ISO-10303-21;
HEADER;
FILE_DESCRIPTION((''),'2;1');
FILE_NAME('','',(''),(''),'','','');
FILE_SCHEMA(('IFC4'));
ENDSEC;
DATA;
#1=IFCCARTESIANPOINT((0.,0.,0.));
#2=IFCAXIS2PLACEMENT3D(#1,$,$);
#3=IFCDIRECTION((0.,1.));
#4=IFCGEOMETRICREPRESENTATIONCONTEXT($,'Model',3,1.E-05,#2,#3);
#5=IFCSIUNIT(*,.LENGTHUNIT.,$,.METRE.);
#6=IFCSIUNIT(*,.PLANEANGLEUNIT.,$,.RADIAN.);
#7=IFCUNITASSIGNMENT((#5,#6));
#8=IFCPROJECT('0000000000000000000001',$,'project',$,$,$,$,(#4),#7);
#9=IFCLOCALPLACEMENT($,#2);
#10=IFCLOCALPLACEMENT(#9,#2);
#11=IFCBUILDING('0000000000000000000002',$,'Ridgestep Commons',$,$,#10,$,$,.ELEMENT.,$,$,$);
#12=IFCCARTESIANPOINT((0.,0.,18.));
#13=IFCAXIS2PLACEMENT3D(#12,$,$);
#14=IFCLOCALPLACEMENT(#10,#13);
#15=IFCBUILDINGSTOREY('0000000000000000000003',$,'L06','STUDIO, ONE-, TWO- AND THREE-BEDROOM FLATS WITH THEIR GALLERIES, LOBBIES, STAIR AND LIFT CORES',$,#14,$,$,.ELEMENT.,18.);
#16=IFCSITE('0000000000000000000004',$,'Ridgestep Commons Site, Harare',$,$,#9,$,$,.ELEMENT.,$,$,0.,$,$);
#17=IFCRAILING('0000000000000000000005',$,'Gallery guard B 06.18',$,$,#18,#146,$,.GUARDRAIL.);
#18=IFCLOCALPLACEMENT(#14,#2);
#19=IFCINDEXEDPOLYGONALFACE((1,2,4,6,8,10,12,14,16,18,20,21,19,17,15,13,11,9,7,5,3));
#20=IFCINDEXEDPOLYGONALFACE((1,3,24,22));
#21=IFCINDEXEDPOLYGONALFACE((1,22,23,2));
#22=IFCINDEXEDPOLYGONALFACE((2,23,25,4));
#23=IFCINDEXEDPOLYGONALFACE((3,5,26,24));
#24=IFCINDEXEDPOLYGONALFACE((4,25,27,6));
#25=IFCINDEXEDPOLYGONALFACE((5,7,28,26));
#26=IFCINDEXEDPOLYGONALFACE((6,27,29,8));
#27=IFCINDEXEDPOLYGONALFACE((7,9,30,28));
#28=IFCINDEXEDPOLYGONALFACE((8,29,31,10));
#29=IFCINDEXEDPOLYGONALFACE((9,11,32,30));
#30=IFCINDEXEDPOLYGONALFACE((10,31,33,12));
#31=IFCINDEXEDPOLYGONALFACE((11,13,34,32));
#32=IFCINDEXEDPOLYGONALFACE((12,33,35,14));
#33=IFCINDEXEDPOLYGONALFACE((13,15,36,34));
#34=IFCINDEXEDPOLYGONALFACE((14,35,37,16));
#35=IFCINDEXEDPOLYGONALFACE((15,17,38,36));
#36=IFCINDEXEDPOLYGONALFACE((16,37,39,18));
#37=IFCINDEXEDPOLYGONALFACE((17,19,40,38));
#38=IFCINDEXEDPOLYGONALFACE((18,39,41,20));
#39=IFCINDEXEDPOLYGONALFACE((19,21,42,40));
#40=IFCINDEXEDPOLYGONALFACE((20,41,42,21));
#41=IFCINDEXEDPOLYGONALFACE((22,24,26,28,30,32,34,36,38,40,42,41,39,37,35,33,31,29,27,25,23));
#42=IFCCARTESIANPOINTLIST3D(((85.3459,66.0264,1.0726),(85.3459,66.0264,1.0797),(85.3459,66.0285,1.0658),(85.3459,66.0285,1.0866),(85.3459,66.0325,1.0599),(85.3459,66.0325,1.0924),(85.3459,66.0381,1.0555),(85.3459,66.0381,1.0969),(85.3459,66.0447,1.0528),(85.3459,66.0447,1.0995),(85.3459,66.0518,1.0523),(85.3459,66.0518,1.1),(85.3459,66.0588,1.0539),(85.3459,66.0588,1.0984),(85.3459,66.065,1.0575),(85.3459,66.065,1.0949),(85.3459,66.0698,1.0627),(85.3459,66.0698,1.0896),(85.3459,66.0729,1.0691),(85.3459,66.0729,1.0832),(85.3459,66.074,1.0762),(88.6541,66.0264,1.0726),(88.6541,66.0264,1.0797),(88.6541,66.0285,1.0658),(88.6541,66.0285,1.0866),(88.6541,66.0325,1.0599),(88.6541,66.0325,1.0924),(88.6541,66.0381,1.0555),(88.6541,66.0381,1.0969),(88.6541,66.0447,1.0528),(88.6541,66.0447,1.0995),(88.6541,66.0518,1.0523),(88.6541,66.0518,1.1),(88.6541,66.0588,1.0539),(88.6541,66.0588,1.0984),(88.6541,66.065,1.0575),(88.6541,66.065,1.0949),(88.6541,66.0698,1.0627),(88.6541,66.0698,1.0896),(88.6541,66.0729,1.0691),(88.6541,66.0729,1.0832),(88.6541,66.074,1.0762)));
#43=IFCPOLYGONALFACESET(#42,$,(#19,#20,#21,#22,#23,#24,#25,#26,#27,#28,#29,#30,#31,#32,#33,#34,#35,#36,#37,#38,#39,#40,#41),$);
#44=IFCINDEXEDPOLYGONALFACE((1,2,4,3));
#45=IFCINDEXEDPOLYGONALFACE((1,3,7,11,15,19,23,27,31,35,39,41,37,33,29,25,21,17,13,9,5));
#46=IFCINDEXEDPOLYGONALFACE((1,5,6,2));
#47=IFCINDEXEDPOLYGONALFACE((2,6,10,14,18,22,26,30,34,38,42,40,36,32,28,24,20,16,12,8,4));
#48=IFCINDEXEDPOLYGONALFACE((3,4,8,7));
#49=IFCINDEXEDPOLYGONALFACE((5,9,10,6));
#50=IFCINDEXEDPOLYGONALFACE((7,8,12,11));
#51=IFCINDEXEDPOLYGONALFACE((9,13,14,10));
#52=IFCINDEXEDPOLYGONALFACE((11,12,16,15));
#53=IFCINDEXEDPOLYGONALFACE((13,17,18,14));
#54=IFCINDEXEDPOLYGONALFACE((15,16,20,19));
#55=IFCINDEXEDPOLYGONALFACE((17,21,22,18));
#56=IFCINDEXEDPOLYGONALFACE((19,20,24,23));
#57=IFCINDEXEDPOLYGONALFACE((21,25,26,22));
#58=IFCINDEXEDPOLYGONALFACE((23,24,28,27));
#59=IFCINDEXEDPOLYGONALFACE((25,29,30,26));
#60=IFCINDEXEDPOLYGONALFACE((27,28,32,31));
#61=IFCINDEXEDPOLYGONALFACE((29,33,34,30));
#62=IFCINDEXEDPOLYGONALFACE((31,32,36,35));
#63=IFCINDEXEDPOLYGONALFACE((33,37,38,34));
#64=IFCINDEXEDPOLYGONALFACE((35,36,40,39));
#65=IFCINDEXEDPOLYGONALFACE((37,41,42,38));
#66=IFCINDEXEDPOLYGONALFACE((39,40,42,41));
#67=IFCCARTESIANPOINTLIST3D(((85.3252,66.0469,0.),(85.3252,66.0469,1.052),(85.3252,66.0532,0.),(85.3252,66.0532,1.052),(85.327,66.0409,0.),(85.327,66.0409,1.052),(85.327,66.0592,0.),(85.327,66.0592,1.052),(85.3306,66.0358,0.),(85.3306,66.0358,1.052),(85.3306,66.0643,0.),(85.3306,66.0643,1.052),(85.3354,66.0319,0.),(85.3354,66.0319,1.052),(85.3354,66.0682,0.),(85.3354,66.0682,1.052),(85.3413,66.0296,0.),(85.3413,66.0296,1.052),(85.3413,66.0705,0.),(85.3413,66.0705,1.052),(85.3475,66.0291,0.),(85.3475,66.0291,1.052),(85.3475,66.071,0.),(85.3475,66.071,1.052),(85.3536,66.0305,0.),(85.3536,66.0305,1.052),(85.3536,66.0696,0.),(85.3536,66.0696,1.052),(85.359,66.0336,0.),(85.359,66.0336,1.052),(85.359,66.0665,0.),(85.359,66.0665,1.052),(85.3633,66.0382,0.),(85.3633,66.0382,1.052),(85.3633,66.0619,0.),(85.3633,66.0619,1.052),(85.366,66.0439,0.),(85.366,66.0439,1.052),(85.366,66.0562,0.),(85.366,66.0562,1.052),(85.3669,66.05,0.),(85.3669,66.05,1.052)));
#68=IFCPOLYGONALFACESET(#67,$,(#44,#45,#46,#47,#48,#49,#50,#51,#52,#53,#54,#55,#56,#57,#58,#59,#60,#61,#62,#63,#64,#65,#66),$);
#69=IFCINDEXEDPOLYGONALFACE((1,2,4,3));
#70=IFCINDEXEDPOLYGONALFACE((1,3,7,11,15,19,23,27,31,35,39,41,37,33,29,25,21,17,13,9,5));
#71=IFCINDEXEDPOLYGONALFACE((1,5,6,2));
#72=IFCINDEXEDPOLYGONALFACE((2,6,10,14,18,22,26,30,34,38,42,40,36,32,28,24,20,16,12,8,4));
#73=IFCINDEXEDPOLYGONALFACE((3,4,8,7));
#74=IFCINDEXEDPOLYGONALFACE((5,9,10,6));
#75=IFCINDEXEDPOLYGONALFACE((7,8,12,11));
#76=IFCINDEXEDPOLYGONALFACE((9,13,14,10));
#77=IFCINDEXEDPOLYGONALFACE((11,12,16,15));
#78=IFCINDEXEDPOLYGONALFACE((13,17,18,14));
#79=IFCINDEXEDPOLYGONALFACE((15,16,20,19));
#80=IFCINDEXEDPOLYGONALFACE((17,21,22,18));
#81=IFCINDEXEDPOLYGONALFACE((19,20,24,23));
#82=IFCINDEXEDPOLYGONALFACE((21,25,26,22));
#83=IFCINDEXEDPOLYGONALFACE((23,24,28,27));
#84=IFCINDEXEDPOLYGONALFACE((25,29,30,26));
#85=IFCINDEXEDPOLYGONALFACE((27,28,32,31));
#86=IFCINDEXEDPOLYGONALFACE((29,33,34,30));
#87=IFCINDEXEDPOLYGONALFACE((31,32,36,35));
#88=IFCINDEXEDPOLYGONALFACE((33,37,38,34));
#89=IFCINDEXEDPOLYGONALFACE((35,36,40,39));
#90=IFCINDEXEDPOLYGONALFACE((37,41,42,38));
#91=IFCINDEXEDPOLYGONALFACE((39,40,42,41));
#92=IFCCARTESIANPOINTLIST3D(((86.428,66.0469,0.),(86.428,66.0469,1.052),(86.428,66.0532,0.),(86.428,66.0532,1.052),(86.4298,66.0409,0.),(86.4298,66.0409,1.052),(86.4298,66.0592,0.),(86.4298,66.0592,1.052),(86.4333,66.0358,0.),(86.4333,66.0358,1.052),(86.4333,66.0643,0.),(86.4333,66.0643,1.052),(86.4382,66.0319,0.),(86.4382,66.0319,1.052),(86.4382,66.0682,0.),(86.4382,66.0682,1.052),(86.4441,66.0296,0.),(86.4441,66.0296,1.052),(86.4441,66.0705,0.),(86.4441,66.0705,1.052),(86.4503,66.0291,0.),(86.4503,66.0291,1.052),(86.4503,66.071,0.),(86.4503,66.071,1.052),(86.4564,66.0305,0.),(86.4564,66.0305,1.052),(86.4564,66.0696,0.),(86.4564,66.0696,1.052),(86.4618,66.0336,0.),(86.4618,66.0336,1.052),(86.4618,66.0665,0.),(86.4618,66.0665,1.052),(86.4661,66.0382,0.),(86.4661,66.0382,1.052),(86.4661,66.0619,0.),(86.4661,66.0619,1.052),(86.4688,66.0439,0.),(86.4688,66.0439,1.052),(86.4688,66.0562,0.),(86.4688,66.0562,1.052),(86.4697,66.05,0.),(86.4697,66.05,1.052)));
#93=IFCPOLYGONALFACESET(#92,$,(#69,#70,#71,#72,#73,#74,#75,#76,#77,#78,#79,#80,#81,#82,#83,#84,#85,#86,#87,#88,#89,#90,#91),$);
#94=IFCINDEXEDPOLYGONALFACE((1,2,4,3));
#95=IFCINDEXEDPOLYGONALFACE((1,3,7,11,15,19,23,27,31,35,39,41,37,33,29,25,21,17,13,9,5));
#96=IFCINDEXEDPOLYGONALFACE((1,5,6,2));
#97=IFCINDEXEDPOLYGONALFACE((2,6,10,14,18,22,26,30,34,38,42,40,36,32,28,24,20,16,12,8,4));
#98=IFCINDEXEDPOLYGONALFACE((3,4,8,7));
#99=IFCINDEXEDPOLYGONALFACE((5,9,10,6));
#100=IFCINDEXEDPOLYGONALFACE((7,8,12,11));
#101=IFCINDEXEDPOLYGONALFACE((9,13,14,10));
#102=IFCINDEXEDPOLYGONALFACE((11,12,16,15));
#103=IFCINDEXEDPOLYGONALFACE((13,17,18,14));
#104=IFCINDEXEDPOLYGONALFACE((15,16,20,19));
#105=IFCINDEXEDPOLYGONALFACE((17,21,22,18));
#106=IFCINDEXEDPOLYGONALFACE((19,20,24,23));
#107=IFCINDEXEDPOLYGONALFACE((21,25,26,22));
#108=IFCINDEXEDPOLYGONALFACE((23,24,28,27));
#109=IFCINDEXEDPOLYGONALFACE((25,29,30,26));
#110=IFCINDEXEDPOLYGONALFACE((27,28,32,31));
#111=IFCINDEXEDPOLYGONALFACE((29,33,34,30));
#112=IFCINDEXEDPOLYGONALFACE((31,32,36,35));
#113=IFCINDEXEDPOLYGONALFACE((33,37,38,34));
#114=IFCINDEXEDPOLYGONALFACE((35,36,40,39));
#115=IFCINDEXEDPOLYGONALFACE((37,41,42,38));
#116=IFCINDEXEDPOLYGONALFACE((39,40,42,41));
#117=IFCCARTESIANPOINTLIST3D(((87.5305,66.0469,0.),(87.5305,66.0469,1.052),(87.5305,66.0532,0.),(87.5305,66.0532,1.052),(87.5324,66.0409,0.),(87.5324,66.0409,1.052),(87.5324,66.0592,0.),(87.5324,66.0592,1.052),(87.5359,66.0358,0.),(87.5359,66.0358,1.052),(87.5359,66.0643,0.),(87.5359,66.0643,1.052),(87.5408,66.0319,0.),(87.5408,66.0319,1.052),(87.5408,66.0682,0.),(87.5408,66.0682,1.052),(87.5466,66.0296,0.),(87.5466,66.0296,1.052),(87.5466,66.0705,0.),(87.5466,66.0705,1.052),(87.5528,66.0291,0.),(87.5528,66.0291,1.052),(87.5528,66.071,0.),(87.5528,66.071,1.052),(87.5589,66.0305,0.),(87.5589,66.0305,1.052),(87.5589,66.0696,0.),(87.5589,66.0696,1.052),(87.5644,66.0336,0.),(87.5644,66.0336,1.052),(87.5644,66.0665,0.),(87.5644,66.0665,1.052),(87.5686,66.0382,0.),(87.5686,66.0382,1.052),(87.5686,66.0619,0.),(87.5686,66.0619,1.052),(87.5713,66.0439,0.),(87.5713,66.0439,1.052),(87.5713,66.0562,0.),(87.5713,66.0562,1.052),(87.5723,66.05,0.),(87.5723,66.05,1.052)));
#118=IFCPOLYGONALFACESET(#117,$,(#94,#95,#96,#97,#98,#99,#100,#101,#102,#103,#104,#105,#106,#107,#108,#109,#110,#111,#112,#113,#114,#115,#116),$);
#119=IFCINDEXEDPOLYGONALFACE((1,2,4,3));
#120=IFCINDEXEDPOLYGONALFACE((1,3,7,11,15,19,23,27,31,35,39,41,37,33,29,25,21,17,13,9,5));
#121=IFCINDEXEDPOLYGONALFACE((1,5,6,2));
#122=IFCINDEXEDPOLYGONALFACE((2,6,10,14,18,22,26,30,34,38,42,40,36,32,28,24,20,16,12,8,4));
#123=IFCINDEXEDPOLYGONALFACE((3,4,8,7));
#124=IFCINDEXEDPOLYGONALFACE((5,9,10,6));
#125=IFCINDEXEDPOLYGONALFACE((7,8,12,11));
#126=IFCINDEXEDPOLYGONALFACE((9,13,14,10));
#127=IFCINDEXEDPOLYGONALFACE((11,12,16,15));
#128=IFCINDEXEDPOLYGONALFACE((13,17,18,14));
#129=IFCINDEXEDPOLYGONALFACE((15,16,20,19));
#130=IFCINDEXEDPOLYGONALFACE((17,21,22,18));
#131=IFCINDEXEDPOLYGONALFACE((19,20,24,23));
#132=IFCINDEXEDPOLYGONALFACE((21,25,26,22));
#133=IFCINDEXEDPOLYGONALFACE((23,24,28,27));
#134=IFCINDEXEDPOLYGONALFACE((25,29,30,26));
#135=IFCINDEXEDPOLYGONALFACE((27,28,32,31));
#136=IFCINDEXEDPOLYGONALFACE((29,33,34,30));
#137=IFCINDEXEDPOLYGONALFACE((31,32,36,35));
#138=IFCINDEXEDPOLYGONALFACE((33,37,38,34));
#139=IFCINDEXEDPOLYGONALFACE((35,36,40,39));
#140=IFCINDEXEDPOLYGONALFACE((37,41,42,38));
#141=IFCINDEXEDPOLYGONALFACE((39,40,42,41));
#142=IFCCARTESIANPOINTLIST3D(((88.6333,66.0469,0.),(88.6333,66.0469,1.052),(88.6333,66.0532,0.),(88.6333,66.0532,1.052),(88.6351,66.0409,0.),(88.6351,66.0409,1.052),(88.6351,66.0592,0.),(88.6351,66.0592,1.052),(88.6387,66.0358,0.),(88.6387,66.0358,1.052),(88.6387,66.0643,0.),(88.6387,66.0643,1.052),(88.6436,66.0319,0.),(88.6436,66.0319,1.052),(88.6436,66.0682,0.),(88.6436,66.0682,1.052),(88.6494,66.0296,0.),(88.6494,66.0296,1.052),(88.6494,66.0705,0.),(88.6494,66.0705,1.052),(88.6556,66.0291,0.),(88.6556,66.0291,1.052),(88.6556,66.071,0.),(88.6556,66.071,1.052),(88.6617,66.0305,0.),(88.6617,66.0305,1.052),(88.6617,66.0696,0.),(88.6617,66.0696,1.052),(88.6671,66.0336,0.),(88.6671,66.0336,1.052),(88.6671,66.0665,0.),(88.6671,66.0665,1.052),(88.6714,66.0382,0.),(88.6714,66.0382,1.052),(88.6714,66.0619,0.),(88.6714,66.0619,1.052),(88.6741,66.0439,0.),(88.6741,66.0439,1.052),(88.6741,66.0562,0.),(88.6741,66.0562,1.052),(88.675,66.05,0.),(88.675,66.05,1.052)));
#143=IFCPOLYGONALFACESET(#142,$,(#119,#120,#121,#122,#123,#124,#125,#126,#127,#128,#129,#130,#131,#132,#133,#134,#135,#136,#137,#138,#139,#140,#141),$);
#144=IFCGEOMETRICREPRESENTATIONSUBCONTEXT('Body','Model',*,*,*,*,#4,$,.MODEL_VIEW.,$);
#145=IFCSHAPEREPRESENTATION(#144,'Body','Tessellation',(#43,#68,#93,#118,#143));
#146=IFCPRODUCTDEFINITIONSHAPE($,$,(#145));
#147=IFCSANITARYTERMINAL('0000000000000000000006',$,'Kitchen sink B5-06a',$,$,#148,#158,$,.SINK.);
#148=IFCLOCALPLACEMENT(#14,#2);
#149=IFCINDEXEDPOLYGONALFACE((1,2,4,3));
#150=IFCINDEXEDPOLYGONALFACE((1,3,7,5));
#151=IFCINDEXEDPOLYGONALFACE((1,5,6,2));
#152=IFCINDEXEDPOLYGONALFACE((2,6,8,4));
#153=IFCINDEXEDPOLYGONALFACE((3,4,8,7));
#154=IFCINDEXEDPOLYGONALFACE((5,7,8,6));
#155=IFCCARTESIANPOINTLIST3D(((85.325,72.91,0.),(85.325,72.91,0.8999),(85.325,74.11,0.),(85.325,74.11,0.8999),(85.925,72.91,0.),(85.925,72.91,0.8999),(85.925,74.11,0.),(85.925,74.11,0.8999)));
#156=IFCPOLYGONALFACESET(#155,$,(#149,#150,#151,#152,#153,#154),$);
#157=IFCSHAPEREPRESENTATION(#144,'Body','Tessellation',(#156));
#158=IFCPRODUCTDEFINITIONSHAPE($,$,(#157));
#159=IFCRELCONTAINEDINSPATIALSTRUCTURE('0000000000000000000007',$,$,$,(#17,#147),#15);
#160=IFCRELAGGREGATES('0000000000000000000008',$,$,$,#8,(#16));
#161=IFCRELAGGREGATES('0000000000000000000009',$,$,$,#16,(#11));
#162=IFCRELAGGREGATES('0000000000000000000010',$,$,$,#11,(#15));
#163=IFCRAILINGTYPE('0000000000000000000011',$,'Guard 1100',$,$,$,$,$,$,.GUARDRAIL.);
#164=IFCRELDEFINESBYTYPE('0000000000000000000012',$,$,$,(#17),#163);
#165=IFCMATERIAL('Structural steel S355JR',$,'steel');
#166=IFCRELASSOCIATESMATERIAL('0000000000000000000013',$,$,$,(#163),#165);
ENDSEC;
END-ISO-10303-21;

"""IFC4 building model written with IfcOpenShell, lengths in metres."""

from ifc_helpers import new_model, si_unit, direction, frame, origin, origin_2d, place, context, subcontext, project, spatial, rectangle, circle, extrude, material, type_object, element, save


model = new_model("IFC4")

# Units and contexts
model_context = context("Model", 3, precision=1e-05, world=origin(), true_north=direction((0.0, 1.0)))
body_context = subcontext(model_context, "Body", "Model", "MODEL_VIEW")
ifc_project = project(units=[si_unit("LENGTHUNIT", "METRE"), si_unit("PLANEANGLEUNIT", "RADIAN")], contexts=[model_context])

# Site, building, storey
site_placement = place(None, origin())
site = spatial("IfcSite", under=ifc_project, at=site_placement, Name="Ridgestep Commons Site, Harare", CompositionType="ELEMENT", RefElevation=0.0)
building_placement = place(site_placement, origin())
building = spatial("IfcBuilding", under=site, at=building_placement, Name="Ridgestep Commons", CompositionType="ELEMENT")
storey_placement = place(building_placement, frame((0.0, 0.0, 18.0)))
storey = spatial("IfcBuildingStorey", under=building, at=storey_placement, Name="L06", Description="STUDIO, ONE-, TWO- AND THREE-BEDROOM FLATS WITH THEIR GALLERIES, LOBBIES, STAIR AND LIFT CORES", CompositionType="ELEMENT", Elevation=18.0)

# Railing
ifc_material_1 = material(Name="Structural steel S355JR", Category="steel")
railing_type = type_object("IfcRailingType", Name="Guard 1100", PredefinedType="GUARDRAIL", material=ifc_material_1)
railing_placement = place(storey_placement, frame((85.3459, 66.05, 0.0)))
element("IfcRailing", 1, at=railing_placement, inside=storey, type_object=railing_type, Name="Gallery guard B 06.18", PredefinedType="GUARDRAIL", context=body_context, shape_type="SweptSolid", body=[
    extrude(circle(Radius=0.0239, at=origin_2d()), frame((0.0, 0.0, 1.0762), z_axis=(1.0, 0.0, 0.0), x_axis=(0.0, 1.0, 0.0)), (0.0, 0.0, 1.0), 3.3081),
    extrude(circle(Radius=0.021, at=origin_2d()), origin(), (0.0, 0.0, 1.0), 1.052),
    extrude(circle(Radius=0.021, at=origin_2d()), frame((1.1028, 0.0, 0.0)), (0.0, 0.0, 1.0), 1.052),
    extrude(circle(Radius=0.021, at=origin_2d()), frame((2.2053, 0.0, 0.0)), (0.0, 0.0, 1.0), 1.052),
    extrude(circle(Radius=0.021, at=origin_2d()), frame((3.3081, 0.0, 0.0)), (0.0, 0.0, 1.0), 1.052),
])

# Sanitary terminal
sanitary_terminal_placement = place(storey_placement, frame((85.625, 73.51, 0.0), z_axis=(0.0, 0.0, 1.0), x_axis=(1.0, 0.0, 0.0)))
element("IfcSanitaryTerminal", 2, at=sanitary_terminal_placement, inside=storey, Name="Kitchen sink B5-06a", PredefinedType="SINK", context=body_context, shape_type="SweptSolid", body=[
    extrude(rectangle(XDim=0.6001, YDim=1.2, at=origin_2d()), origin(), (0.0, 0.0, 1.0), 0.8999),
])

save(model, "model.ifc")
